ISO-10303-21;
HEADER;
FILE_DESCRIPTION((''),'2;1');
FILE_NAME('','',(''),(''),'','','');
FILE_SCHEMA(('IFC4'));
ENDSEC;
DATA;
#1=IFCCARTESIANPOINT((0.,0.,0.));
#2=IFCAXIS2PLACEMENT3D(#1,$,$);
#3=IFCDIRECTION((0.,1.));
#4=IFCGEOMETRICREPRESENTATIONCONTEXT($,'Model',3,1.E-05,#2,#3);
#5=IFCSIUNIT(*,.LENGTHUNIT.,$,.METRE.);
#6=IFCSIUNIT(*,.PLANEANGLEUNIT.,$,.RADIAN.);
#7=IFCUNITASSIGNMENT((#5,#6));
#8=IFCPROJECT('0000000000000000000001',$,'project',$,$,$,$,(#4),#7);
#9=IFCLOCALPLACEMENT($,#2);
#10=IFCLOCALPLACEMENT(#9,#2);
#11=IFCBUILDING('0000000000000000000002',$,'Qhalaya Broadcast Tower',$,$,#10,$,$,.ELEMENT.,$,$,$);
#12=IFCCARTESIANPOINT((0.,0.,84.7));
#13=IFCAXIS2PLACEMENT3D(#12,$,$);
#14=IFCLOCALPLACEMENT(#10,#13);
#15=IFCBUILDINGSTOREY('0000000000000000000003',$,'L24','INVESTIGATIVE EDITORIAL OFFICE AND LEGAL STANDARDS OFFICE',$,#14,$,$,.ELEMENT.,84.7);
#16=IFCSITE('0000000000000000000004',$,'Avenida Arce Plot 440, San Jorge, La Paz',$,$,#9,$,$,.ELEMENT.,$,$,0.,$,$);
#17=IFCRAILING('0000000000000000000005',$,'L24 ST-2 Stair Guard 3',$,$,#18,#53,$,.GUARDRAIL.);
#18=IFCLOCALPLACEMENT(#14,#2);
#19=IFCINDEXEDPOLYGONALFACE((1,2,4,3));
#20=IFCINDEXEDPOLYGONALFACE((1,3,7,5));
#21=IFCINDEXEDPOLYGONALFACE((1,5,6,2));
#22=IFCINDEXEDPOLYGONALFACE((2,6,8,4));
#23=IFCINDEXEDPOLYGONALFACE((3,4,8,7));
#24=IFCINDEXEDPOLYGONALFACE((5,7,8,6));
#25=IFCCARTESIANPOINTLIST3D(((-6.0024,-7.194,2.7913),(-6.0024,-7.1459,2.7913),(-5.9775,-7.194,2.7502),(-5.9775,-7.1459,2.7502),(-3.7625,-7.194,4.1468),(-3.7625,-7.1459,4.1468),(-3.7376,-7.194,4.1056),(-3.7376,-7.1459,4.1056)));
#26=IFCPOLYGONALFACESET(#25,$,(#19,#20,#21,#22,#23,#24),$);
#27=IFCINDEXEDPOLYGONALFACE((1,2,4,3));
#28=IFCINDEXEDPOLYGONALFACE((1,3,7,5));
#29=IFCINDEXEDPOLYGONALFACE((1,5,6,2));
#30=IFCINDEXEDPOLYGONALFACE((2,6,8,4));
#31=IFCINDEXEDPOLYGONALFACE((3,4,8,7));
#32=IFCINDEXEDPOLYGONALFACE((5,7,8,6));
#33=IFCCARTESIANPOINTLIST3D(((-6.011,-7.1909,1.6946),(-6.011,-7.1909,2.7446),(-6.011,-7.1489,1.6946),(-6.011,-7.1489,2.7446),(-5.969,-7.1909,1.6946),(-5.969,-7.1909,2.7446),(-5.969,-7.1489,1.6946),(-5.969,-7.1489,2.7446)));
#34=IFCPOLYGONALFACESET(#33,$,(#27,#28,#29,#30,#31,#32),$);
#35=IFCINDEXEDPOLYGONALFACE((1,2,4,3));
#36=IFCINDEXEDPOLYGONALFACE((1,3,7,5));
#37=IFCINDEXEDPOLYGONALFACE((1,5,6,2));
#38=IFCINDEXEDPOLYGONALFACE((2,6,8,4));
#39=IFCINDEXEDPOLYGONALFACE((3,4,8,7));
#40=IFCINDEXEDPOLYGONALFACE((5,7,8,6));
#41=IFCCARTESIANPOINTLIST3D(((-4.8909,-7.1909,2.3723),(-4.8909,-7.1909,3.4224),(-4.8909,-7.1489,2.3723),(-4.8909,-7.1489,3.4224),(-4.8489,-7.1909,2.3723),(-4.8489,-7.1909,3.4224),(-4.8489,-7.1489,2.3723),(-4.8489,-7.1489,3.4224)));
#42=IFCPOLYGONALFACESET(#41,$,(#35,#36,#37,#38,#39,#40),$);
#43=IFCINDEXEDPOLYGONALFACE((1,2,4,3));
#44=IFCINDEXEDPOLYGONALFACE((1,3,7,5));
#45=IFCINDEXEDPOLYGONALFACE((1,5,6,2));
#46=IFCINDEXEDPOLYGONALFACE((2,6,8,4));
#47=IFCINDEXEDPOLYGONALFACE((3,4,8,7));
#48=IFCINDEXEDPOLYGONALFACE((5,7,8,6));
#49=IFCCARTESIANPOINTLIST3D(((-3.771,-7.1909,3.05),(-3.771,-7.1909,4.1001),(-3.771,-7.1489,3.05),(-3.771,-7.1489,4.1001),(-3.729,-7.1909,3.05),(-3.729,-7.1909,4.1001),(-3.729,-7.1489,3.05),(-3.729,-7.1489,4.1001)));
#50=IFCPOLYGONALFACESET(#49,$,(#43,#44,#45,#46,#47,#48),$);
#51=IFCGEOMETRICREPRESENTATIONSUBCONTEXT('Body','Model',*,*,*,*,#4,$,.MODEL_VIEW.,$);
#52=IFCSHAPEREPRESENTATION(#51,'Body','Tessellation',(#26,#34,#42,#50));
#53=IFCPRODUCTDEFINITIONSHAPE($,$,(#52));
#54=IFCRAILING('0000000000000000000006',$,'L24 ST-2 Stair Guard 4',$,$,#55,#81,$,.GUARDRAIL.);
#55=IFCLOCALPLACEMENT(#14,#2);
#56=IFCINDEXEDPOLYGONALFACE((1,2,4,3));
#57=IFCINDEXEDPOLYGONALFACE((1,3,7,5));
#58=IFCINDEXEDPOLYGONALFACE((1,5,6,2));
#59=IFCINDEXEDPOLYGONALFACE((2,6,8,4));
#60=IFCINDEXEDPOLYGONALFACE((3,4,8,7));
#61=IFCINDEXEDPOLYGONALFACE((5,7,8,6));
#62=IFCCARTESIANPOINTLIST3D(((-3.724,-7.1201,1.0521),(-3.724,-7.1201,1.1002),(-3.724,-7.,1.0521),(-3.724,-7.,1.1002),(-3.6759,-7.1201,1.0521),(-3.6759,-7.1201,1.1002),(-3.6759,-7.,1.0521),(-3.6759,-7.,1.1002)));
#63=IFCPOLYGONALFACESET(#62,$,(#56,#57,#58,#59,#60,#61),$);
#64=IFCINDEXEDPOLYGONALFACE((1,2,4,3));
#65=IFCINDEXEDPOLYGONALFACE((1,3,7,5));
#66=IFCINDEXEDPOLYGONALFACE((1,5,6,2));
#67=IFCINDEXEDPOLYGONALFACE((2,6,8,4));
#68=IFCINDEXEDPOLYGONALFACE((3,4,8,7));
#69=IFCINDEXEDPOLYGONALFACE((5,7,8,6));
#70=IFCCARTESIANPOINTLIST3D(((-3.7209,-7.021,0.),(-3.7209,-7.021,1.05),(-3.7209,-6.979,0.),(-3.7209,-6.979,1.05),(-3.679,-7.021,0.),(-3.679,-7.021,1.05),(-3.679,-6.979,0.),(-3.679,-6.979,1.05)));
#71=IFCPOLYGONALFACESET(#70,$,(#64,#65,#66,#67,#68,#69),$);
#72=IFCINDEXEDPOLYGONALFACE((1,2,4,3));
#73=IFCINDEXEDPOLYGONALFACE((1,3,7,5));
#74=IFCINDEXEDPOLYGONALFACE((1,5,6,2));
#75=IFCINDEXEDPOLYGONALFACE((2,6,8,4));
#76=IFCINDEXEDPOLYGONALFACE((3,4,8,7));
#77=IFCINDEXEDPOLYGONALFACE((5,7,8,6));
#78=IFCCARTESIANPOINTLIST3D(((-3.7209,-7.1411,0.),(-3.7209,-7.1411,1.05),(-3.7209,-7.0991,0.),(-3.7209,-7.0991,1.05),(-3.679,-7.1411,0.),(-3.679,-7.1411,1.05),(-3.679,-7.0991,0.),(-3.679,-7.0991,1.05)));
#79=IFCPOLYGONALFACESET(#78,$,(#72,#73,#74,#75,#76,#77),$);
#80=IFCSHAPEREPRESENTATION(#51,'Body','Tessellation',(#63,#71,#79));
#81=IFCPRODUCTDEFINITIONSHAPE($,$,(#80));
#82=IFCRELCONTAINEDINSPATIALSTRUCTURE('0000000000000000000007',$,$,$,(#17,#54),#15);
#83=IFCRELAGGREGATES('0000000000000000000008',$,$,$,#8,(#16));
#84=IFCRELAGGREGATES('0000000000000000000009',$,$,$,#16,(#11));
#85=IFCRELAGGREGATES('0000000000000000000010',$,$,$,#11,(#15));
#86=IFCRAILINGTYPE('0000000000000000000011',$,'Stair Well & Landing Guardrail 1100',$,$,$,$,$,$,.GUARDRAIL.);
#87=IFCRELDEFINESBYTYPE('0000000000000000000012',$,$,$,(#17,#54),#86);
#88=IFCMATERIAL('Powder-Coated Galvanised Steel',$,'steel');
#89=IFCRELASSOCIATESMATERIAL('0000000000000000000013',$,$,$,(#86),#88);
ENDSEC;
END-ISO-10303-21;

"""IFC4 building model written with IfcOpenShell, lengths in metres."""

from ifc_helpers import new_model, si_unit, direction, frame, origin, origin_2d, place, context, subcontext, project, spatial, rectangle, extrude, material, type_object, element, save


model = new_model("IFC4")

# Units and contexts
model_context = context("Model", 3, precision=1e-05, world=origin(), true_north=direction((0.0, 1.0)))
body_context = subcontext(model_context, "Body", "Model", "MODEL_VIEW")
ifc_project = project(units=[si_unit("LENGTHUNIT", "METRE"), si_unit("PLANEANGLEUNIT", "RADIAN")], contexts=[model_context])

# Site, building, storey
site_placement = place(None, origin())
site = spatial("IfcSite", under=ifc_project, at=site_placement, Name="Avenida Arce Plot 440, San Jorge, La Paz", CompositionType="ELEMENT", RefElevation=0.0)
building_placement = place(site_placement, origin())
building = spatial("IfcBuilding", under=site, at=building_placement, Name="Qhalaya Broadcast Tower", CompositionType="ELEMENT")
storey_placement = place(building_placement, frame((0.0, 0.0, 84.7)))
storey = spatial("IfcBuildingStorey", under=building, at=storey_placement, Name="L24", Description="INVESTIGATIVE EDITORIAL OFFICE AND LEGAL STANDARDS OFFICE", CompositionType="ELEMENT", Elevation=84.7)

# Railings
ifc_material_1 = material(Name="Powder-Coated Galvanised Steel", Category="steel")
railing_type_1 = type_object("IfcRailingType", Name="Stair Well & Landing Guardrail 1100", PredefinedType="GUARDRAIL", material=ifc_material_1)
railing_1_placement = place(storey_placement, frame((-5.99, -7.1699, 1.6946)))
element("IfcRailing", 1, at=railing_1_placement, inside=storey, type_object=railing_type_1, Name="L24 ST-2 Stair Guard 3", PredefinedType="GUARDRAIL", context=body_context, shape_type="SweptSolid", body=[
    extrude(rectangle(XDim=0.0481, YDim=0.0481, at=origin_2d()), frame((0.0, 0.0, 1.0762), z_axis=(0.855553, 0.0, 0.517715), x_axis=(0.0, 1.0, 0.0)), (0.0, 0.0, 1.0), 2.6182),
    extrude(rectangle(XDim=0.042, YDim=0.042, at=origin_2d()), origin(), (0.0, 0.0, 1.0), 1.05),
    extrude(rectangle(XDim=0.042, YDim=0.042, at=origin_2d()), frame((1.1201, 0.0, 0.6777)), (0.0, 0.0, 1.0), 1.05),
    extrude(rectangle(XDim=0.042, YDim=0.042, at=origin_2d()), frame((2.24, 0.0, 1.3555)), (0.0, 0.0, 1.0), 1.05),
])
railing_2_placement = place(storey_placement, frame((-3.7, -7.0, 0.0)))
element("IfcRailing", 2, at=railing_2_placement, inside=storey, type_object=railing_type_1, Name="L24 ST-2 Stair Guard 4", PredefinedType="GUARDRAIL", context=body_context, shape_type="SweptSolid", body=[
    extrude(rectangle(XDim=0.0481, YDim=0.0481, at=origin_2d()), frame((0.0, 0.0, 1.0762), z_axis=(0.0, -1.0, 0.0), x_axis=(1.0, 0.0, 0.0)), (0.0, 0.0, 1.0), 0.1201),
    extrude(rectangle(XDim=0.042, YDim=0.042, at=origin_2d()), origin(), (0.0, 0.0, 1.0), 1.05),
    extrude(rectangle(XDim=0.042, YDim=0.042, at=origin_2d()), frame((0.0, -0.1201, 0.0)), (0.0, 0.0, 1.0), 1.05),
])

save(model, "model.ifc")
